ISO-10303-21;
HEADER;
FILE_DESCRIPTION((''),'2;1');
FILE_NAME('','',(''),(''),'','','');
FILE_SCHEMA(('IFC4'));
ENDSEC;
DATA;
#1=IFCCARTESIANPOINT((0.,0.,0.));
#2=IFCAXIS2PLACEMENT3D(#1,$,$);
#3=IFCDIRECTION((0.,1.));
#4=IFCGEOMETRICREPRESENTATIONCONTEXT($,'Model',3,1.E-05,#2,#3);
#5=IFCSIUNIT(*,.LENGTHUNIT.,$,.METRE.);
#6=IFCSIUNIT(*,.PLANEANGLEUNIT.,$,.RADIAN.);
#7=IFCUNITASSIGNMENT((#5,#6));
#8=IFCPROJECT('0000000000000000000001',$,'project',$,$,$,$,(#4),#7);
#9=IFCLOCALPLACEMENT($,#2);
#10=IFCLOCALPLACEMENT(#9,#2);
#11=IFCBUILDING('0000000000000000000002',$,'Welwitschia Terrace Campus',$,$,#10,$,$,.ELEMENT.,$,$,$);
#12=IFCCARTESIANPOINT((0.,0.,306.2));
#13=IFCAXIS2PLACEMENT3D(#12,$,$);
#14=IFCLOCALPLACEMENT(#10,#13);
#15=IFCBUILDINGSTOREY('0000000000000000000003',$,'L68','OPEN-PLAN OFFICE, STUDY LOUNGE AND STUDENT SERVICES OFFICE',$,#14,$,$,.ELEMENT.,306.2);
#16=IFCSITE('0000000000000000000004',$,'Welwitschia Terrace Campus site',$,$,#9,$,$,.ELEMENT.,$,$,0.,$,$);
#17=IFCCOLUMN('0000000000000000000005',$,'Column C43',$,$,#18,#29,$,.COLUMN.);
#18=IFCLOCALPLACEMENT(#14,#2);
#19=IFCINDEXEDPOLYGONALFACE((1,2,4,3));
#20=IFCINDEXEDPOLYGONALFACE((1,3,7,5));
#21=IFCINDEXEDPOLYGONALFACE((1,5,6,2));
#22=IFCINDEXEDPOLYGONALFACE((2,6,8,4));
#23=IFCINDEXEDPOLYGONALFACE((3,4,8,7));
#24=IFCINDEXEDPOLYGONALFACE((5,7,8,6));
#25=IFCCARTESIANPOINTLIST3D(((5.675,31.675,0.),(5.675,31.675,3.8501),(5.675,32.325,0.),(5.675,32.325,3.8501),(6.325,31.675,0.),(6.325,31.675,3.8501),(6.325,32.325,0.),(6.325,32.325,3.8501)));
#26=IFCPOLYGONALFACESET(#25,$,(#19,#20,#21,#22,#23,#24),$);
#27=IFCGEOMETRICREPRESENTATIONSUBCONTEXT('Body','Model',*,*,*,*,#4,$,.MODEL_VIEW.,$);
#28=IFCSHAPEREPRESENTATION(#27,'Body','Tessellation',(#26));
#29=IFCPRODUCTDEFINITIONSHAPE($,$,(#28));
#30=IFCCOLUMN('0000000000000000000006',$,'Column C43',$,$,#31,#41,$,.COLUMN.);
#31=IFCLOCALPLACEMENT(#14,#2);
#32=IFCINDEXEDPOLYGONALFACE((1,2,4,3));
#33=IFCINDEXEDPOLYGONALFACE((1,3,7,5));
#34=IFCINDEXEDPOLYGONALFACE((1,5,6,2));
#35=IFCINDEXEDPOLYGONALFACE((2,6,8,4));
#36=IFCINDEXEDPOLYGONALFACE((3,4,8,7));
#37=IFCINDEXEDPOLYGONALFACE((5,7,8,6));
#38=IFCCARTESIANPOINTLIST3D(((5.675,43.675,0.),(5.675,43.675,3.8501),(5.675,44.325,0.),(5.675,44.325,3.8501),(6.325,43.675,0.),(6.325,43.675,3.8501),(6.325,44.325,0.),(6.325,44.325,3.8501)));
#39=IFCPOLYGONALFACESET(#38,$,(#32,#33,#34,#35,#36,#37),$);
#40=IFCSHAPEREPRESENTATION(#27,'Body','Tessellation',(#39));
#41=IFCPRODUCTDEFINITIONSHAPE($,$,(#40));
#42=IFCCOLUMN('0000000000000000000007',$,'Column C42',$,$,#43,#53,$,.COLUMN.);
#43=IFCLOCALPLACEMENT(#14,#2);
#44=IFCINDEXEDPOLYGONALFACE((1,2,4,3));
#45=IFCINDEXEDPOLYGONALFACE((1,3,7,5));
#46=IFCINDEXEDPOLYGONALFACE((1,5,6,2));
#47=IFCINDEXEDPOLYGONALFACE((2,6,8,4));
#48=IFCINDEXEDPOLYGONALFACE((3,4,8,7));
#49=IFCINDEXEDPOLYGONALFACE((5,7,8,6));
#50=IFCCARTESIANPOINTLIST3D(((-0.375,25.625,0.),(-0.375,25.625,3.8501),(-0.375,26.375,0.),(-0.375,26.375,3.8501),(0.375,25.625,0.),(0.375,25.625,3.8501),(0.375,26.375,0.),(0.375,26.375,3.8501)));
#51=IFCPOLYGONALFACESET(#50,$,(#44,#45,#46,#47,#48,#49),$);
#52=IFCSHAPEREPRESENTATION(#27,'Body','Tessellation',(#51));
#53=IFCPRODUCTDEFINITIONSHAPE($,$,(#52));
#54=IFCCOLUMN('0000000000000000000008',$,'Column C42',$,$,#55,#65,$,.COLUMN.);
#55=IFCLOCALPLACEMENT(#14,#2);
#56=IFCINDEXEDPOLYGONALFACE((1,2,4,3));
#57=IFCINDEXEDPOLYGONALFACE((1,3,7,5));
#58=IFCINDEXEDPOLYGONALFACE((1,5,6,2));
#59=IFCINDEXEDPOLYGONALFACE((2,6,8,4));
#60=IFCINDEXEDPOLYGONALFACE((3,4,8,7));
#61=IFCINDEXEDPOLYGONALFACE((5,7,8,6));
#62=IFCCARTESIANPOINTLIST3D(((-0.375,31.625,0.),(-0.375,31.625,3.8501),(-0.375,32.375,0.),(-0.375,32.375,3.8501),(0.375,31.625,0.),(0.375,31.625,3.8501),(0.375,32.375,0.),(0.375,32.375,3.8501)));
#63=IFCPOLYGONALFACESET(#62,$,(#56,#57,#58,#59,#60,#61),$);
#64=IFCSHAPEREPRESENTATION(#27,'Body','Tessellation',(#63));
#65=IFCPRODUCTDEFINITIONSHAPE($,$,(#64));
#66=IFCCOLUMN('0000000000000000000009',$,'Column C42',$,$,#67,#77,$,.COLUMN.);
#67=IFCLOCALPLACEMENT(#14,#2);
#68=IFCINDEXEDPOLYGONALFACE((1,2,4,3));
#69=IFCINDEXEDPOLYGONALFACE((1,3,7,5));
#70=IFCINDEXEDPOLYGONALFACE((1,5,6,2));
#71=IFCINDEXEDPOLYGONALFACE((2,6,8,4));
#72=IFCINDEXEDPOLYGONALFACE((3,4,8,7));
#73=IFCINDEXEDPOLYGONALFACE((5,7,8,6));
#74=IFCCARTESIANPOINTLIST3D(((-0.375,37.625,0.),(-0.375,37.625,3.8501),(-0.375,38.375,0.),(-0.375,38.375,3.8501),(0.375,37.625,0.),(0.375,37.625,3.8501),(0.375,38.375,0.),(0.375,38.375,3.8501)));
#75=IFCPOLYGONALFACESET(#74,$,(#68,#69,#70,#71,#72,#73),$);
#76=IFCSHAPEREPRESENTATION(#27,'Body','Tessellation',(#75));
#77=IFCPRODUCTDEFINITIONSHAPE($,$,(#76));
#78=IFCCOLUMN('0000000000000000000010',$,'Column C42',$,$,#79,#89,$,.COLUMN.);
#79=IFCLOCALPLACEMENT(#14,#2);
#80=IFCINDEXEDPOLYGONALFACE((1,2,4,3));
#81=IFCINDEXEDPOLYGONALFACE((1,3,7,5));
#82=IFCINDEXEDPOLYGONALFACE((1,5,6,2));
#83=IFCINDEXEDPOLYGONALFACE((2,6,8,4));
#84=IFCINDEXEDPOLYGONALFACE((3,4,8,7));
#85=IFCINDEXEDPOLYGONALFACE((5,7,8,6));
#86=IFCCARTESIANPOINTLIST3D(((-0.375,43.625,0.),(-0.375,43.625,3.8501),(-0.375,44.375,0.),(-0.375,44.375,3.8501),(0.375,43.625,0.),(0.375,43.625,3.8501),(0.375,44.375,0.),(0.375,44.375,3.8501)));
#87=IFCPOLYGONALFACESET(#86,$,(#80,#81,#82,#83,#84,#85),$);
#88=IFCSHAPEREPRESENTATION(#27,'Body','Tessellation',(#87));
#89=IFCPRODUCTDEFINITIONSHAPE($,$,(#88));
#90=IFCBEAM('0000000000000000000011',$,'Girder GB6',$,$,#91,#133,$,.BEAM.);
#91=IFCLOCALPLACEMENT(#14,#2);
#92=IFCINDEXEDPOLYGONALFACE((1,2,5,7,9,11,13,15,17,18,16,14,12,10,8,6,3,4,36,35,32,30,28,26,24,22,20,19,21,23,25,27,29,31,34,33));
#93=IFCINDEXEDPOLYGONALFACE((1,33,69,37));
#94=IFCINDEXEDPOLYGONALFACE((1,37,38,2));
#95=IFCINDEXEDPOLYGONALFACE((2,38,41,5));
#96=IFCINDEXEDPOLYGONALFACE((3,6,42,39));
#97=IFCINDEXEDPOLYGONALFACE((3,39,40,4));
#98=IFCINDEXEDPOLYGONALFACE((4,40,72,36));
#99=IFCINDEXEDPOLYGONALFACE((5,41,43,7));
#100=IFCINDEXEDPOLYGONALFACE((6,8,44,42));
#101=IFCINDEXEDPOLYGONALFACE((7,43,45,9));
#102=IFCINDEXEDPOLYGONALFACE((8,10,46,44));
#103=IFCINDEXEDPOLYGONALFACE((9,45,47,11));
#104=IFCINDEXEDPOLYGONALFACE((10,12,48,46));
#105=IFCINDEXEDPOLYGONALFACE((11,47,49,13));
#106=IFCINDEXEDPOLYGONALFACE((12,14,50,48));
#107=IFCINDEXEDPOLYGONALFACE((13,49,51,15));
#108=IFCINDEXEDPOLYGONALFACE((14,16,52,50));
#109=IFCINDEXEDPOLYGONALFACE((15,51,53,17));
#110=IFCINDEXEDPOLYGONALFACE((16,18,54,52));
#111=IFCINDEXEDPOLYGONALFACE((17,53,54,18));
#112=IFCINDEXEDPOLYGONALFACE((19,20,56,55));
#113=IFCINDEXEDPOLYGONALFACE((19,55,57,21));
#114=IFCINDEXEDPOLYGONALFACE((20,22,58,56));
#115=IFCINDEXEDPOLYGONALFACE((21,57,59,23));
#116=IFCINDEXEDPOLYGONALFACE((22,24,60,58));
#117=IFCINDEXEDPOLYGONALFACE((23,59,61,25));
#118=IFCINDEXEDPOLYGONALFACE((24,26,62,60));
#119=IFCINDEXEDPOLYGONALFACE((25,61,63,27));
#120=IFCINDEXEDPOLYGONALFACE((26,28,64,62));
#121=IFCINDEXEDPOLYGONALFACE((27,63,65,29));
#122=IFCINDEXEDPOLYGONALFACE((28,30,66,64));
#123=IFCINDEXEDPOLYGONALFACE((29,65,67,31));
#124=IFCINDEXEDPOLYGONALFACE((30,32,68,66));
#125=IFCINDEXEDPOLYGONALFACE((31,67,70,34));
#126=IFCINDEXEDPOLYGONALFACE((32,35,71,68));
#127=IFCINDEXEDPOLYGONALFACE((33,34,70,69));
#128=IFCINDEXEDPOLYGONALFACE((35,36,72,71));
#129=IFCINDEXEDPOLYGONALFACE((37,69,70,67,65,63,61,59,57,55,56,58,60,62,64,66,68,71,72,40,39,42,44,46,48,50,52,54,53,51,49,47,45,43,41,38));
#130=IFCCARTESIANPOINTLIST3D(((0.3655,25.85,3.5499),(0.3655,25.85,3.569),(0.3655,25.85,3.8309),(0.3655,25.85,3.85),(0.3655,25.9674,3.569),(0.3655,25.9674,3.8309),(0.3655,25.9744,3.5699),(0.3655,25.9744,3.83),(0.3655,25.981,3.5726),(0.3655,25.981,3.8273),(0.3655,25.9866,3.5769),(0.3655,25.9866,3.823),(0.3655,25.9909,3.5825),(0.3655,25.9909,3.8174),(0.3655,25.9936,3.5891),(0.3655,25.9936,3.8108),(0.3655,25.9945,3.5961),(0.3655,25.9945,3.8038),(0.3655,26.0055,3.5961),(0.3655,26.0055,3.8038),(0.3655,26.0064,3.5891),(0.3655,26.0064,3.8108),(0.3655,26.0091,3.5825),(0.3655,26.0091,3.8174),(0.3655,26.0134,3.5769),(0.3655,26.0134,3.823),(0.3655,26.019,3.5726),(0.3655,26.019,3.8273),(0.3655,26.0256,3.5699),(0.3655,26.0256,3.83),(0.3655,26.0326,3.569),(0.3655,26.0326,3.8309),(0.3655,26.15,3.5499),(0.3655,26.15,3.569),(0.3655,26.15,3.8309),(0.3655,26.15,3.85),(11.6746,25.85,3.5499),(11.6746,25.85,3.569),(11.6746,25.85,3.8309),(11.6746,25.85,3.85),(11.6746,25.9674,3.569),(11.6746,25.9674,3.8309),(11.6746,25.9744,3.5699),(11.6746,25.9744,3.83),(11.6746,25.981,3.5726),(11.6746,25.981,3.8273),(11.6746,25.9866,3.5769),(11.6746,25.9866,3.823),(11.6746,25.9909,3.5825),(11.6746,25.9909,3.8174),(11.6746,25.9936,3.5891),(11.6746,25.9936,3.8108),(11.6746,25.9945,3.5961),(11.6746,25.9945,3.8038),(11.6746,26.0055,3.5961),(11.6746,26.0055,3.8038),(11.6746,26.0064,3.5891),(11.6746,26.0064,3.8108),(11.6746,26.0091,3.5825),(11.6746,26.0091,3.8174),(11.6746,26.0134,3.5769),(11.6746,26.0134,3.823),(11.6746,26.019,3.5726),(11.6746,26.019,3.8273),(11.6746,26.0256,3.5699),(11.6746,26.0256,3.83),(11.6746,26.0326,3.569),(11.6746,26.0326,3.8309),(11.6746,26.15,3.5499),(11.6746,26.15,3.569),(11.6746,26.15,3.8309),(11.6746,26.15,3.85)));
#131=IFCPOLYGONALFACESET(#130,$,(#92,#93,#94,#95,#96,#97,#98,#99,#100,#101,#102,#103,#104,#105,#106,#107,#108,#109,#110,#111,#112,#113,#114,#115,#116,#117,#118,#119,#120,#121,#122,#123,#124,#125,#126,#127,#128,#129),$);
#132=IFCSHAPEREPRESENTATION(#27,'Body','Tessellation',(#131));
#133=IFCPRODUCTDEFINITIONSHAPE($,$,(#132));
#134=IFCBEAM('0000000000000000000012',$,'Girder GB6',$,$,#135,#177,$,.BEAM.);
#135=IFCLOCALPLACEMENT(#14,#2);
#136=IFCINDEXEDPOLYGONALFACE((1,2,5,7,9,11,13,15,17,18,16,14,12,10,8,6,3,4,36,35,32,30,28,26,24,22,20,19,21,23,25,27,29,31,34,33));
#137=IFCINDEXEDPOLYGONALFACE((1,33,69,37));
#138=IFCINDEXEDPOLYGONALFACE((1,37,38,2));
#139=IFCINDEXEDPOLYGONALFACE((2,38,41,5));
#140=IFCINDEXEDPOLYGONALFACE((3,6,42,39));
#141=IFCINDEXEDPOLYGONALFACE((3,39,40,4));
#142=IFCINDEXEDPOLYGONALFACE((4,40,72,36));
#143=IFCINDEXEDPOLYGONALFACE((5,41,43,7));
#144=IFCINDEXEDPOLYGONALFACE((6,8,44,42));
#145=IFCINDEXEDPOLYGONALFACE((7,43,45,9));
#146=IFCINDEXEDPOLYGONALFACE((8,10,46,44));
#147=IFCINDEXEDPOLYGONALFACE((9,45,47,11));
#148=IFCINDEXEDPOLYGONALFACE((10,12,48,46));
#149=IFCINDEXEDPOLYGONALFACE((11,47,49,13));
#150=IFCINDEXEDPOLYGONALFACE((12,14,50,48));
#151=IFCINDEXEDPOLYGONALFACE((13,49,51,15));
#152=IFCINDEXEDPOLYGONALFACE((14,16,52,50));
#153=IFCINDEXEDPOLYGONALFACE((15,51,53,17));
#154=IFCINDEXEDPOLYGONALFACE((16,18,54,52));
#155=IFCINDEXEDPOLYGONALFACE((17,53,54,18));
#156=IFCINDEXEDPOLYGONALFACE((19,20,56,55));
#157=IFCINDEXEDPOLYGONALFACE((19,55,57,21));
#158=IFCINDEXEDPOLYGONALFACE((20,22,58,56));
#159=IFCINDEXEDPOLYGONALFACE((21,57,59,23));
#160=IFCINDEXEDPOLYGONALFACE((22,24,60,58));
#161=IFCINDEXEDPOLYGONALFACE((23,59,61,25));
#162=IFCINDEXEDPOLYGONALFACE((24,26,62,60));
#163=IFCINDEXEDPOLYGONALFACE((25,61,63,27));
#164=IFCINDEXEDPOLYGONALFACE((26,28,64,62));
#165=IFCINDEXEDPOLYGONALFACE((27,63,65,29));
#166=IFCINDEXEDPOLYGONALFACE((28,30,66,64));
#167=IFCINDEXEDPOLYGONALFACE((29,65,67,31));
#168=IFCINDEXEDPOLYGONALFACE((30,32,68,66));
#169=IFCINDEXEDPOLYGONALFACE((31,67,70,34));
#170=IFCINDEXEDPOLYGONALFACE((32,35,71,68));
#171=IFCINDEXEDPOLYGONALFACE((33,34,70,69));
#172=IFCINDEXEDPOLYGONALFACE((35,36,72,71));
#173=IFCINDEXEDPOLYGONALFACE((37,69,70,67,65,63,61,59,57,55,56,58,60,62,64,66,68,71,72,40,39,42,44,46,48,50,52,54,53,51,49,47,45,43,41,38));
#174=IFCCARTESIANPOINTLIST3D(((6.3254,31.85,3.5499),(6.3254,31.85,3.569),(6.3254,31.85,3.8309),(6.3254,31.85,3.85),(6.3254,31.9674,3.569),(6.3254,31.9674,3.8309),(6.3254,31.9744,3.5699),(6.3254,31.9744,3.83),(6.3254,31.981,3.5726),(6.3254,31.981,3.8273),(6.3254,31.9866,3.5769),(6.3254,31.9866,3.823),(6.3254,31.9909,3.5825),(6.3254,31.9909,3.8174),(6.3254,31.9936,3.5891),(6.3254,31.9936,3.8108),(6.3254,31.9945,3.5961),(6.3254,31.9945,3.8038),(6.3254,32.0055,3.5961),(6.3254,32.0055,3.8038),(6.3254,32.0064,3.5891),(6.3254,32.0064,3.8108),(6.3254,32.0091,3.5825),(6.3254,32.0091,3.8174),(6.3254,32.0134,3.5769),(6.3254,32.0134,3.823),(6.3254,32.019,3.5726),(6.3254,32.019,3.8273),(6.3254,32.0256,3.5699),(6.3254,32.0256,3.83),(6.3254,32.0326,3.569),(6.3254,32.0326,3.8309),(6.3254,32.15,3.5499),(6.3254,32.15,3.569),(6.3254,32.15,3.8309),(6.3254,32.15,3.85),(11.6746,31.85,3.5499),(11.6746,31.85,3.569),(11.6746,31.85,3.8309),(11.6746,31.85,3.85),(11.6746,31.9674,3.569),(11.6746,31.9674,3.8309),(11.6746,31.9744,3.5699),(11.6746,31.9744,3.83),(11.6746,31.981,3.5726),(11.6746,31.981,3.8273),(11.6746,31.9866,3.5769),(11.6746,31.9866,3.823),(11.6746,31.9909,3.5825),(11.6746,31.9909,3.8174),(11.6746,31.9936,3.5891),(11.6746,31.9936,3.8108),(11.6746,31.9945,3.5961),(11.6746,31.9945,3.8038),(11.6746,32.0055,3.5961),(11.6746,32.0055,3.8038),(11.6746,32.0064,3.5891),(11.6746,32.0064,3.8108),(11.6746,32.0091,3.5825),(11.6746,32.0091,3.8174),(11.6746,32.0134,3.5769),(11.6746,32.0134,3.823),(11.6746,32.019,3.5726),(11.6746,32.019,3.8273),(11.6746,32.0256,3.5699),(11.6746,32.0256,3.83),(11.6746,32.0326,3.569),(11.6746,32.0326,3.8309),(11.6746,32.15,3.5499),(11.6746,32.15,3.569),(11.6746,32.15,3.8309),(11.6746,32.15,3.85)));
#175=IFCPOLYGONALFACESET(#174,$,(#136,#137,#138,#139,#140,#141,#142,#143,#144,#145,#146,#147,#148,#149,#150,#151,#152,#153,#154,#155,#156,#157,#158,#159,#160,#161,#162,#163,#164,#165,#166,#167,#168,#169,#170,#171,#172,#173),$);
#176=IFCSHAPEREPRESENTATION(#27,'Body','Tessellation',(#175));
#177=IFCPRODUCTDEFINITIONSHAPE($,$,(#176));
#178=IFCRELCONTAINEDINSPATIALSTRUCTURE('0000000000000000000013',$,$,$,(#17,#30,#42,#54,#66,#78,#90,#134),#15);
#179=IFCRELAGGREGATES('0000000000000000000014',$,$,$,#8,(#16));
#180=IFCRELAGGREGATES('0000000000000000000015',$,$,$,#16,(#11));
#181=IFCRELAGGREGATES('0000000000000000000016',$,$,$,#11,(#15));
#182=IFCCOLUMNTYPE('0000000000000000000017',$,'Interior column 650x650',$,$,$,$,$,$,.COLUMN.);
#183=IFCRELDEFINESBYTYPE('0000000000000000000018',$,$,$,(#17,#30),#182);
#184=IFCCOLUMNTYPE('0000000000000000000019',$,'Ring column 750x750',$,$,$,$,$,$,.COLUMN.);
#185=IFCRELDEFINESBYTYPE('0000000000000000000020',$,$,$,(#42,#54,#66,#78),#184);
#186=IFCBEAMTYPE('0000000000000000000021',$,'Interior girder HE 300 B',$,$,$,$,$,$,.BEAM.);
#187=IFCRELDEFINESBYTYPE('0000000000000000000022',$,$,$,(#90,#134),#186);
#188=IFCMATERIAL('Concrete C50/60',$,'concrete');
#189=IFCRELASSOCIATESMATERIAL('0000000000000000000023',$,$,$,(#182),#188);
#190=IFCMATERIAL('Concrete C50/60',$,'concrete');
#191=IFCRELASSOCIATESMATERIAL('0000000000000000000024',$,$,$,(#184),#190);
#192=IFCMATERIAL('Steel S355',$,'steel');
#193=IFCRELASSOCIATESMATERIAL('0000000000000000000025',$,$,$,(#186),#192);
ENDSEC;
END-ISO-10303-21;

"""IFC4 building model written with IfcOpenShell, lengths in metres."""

from ifc_helpers import new_model, si_unit, direction, frame, origin, origin_2d, place, context, subcontext, project, spatial, rectangle, i_section, extrude, material, material_profile, profile_set, type_object, element, save


model = new_model("IFC4")

# Units and contexts
model_context = context("Model", 3, precision=1e-05, world=origin(), true_north=direction((0.0, 1.0)))
body_context = subcontext(model_context, "Body", "Model", "MODEL_VIEW")
ifc_project = project(units=[si_unit("LENGTHUNIT", "METRE"), si_unit("PLANEANGLEUNIT", "RADIAN")], contexts=[model_context])

# Site, building, storey
site_placement = place(None, origin())
site = spatial("IfcSite", under=ifc_project, at=site_placement, Name="Welwitschia Terrace Campus site", CompositionType="ELEMENT", RefElevation=0.0)
building_placement = place(site_placement, origin())
building = spatial("IfcBuilding", under=site, at=building_placement, Name="Welwitschia Terrace Campus", CompositionType="ELEMENT")
storey_placement = place(building_placement, frame((0.0, 0.0, 306.2)))
storey = spatial("IfcBuildingStorey", under=building, at=storey_placement, Name="L68", Description="OPEN-PLAN OFFICE, STUDY LOUNGE AND STUDENT SERVICES OFFICE", CompositionType="ELEMENT", Elevation=306.2)

# Columns
ifc_material_1 = material(Name="Concrete C50/60", Category="concrete")
ifc_material_profile_1 = material_profile(ifc_material_1, rectangle(XDim=0.6499, YDim=0.6499, at=origin_2d()))
ifc_profile_set_1 = profile_set([ifc_material_profile_1], Name="Concrete C50/60")
column_type_1 = type_object("IfcColumnType", Name="Interior column 650x650", PredefinedType="COLUMN", material=ifc_profile_set_1)
for number, where, z_axis, x_axis, name in (
    (1, (6.0, 32.0, 0.0), (0.0, 0.0, 1.0), (1.0, 0.0, 0.0), "Column C43"),
    (2, (6.0, 44.0, 0.0), (0.0, 0.0, 1.0), (1.0, 0.0, 0.0), "Column C43"),
):
    element("IfcColumn", number, at=place(storey_placement, frame(where, z_axis=z_axis, x_axis=x_axis)), inside=storey, type_object=column_type_1, Name=name, PredefinedType="COLUMN", context=body_context, shape_type="SweptSolid", body=[
        extrude(rectangle(XDim=0.6499, YDim=0.6499, at=origin_2d()), origin(), (0.0, 0.0, 1.0), 3.8501),
    ])
ifc_material_2 = material(Name="Concrete C50/60", Category="concrete")
ifc_material_profile_2 = material_profile(ifc_material_2, rectangle(XDim=0.75, YDim=0.75, at=origin_2d()))
ifc_profile_set_2 = profile_set([ifc_material_profile_2], Name="Concrete C50/60")
column_type_2 = type_object("IfcColumnType", Name="Ring column 750x750", PredefinedType="COLUMN", material=ifc_profile_set_2)
for number, where, z_axis, x_axis, name in (
    (3, (0.0, 26.0, 0.0), (0.0, 0.0, 1.0), (1.0, 0.0, 0.0), "Column C42"),
    (4, (0.0, 32.0, 0.0), (0.0, 0.0, 1.0), (1.0, 0.0, 0.0), "Column C42"),
    (5, (0.0, 38.0, 0.0), (0.0, 0.0, 1.0), (1.0, 0.0, 0.0), "Column C42"),
    (6, (0.0, 44.0, 0.0), (0.0, 0.0, 1.0), (1.0, 0.0, 0.0), "Column C42"),
):
    element("IfcColumn", number, at=place(storey_placement, frame(where, z_axis=z_axis, x_axis=x_axis)), inside=storey, type_object=column_type_2, Name=name, PredefinedType="COLUMN", context=body_context, shape_type="SweptSolid", body=[
        extrude(rectangle(XDim=0.75, YDim=0.75, at=origin_2d()), origin(), (0.0, 0.0, 1.0), 3.8501),
    ])

# Beams
ifc_material_3 = material(Name="Steel S355", Category="steel")
ifc_material_profile_3 = material_profile(ifc_material_3, i_section(OverallWidth=0.3, OverallDepth=0.3, WebThickness=0.011, FlangeThickness=0.019, FilletRadius=0.0271, at=origin_2d()))
ifc_profile_set_3 = profile_set([ifc_material_profile_3], Name="Steel S355")
beam_type_1 = type_object("IfcBeamType", Name="Interior girder HE 300 B", PredefinedType="BEAM", material=ifc_profile_set_3)
beam_1_placement = place(storey_placement, frame((0.3655, 26.0, 3.7), z_axis=(1.0, 0.0, 0.0), x_axis=(0.0, 1.0, 0.0)))
element("IfcBeam", 7, at=beam_1_placement, inside=storey, type_object=beam_type_1, Name="Girder GB6", PredefinedType="BEAM", context=body_context, shape_type="SweptSolid", body=[
    extrude(i_section(OverallWidth=0.3, OverallDepth=0.3, WebThickness=0.011, FlangeThickness=0.019, FilletRadius=0.0271, at=origin_2d()), origin(), (0.0, 0.0, 1.0), 11.3091),
])
beam_2_placement = place(storey_placement, frame((6.3254, 32.0, 3.7), z_axis=(1.0, 0.0, 0.0), x_axis=(0.0, 1.0, 0.0)))
element("IfcBeam", 8, at=beam_2_placement, inside=storey, type_object=beam_type_1, Name="Girder GB6", PredefinedType="BEAM", context=body_context, shape_type="SweptSolid", body=[
    extrude(i_section(OverallWidth=0.3, OverallDepth=0.3, WebThickness=0.011, FlangeThickness=0.019, FilletRadius=0.0271, at=origin_2d()), origin(), (0.0, 0.0, 1.0), 5.3491),
])

save(model, "model.ifc")
